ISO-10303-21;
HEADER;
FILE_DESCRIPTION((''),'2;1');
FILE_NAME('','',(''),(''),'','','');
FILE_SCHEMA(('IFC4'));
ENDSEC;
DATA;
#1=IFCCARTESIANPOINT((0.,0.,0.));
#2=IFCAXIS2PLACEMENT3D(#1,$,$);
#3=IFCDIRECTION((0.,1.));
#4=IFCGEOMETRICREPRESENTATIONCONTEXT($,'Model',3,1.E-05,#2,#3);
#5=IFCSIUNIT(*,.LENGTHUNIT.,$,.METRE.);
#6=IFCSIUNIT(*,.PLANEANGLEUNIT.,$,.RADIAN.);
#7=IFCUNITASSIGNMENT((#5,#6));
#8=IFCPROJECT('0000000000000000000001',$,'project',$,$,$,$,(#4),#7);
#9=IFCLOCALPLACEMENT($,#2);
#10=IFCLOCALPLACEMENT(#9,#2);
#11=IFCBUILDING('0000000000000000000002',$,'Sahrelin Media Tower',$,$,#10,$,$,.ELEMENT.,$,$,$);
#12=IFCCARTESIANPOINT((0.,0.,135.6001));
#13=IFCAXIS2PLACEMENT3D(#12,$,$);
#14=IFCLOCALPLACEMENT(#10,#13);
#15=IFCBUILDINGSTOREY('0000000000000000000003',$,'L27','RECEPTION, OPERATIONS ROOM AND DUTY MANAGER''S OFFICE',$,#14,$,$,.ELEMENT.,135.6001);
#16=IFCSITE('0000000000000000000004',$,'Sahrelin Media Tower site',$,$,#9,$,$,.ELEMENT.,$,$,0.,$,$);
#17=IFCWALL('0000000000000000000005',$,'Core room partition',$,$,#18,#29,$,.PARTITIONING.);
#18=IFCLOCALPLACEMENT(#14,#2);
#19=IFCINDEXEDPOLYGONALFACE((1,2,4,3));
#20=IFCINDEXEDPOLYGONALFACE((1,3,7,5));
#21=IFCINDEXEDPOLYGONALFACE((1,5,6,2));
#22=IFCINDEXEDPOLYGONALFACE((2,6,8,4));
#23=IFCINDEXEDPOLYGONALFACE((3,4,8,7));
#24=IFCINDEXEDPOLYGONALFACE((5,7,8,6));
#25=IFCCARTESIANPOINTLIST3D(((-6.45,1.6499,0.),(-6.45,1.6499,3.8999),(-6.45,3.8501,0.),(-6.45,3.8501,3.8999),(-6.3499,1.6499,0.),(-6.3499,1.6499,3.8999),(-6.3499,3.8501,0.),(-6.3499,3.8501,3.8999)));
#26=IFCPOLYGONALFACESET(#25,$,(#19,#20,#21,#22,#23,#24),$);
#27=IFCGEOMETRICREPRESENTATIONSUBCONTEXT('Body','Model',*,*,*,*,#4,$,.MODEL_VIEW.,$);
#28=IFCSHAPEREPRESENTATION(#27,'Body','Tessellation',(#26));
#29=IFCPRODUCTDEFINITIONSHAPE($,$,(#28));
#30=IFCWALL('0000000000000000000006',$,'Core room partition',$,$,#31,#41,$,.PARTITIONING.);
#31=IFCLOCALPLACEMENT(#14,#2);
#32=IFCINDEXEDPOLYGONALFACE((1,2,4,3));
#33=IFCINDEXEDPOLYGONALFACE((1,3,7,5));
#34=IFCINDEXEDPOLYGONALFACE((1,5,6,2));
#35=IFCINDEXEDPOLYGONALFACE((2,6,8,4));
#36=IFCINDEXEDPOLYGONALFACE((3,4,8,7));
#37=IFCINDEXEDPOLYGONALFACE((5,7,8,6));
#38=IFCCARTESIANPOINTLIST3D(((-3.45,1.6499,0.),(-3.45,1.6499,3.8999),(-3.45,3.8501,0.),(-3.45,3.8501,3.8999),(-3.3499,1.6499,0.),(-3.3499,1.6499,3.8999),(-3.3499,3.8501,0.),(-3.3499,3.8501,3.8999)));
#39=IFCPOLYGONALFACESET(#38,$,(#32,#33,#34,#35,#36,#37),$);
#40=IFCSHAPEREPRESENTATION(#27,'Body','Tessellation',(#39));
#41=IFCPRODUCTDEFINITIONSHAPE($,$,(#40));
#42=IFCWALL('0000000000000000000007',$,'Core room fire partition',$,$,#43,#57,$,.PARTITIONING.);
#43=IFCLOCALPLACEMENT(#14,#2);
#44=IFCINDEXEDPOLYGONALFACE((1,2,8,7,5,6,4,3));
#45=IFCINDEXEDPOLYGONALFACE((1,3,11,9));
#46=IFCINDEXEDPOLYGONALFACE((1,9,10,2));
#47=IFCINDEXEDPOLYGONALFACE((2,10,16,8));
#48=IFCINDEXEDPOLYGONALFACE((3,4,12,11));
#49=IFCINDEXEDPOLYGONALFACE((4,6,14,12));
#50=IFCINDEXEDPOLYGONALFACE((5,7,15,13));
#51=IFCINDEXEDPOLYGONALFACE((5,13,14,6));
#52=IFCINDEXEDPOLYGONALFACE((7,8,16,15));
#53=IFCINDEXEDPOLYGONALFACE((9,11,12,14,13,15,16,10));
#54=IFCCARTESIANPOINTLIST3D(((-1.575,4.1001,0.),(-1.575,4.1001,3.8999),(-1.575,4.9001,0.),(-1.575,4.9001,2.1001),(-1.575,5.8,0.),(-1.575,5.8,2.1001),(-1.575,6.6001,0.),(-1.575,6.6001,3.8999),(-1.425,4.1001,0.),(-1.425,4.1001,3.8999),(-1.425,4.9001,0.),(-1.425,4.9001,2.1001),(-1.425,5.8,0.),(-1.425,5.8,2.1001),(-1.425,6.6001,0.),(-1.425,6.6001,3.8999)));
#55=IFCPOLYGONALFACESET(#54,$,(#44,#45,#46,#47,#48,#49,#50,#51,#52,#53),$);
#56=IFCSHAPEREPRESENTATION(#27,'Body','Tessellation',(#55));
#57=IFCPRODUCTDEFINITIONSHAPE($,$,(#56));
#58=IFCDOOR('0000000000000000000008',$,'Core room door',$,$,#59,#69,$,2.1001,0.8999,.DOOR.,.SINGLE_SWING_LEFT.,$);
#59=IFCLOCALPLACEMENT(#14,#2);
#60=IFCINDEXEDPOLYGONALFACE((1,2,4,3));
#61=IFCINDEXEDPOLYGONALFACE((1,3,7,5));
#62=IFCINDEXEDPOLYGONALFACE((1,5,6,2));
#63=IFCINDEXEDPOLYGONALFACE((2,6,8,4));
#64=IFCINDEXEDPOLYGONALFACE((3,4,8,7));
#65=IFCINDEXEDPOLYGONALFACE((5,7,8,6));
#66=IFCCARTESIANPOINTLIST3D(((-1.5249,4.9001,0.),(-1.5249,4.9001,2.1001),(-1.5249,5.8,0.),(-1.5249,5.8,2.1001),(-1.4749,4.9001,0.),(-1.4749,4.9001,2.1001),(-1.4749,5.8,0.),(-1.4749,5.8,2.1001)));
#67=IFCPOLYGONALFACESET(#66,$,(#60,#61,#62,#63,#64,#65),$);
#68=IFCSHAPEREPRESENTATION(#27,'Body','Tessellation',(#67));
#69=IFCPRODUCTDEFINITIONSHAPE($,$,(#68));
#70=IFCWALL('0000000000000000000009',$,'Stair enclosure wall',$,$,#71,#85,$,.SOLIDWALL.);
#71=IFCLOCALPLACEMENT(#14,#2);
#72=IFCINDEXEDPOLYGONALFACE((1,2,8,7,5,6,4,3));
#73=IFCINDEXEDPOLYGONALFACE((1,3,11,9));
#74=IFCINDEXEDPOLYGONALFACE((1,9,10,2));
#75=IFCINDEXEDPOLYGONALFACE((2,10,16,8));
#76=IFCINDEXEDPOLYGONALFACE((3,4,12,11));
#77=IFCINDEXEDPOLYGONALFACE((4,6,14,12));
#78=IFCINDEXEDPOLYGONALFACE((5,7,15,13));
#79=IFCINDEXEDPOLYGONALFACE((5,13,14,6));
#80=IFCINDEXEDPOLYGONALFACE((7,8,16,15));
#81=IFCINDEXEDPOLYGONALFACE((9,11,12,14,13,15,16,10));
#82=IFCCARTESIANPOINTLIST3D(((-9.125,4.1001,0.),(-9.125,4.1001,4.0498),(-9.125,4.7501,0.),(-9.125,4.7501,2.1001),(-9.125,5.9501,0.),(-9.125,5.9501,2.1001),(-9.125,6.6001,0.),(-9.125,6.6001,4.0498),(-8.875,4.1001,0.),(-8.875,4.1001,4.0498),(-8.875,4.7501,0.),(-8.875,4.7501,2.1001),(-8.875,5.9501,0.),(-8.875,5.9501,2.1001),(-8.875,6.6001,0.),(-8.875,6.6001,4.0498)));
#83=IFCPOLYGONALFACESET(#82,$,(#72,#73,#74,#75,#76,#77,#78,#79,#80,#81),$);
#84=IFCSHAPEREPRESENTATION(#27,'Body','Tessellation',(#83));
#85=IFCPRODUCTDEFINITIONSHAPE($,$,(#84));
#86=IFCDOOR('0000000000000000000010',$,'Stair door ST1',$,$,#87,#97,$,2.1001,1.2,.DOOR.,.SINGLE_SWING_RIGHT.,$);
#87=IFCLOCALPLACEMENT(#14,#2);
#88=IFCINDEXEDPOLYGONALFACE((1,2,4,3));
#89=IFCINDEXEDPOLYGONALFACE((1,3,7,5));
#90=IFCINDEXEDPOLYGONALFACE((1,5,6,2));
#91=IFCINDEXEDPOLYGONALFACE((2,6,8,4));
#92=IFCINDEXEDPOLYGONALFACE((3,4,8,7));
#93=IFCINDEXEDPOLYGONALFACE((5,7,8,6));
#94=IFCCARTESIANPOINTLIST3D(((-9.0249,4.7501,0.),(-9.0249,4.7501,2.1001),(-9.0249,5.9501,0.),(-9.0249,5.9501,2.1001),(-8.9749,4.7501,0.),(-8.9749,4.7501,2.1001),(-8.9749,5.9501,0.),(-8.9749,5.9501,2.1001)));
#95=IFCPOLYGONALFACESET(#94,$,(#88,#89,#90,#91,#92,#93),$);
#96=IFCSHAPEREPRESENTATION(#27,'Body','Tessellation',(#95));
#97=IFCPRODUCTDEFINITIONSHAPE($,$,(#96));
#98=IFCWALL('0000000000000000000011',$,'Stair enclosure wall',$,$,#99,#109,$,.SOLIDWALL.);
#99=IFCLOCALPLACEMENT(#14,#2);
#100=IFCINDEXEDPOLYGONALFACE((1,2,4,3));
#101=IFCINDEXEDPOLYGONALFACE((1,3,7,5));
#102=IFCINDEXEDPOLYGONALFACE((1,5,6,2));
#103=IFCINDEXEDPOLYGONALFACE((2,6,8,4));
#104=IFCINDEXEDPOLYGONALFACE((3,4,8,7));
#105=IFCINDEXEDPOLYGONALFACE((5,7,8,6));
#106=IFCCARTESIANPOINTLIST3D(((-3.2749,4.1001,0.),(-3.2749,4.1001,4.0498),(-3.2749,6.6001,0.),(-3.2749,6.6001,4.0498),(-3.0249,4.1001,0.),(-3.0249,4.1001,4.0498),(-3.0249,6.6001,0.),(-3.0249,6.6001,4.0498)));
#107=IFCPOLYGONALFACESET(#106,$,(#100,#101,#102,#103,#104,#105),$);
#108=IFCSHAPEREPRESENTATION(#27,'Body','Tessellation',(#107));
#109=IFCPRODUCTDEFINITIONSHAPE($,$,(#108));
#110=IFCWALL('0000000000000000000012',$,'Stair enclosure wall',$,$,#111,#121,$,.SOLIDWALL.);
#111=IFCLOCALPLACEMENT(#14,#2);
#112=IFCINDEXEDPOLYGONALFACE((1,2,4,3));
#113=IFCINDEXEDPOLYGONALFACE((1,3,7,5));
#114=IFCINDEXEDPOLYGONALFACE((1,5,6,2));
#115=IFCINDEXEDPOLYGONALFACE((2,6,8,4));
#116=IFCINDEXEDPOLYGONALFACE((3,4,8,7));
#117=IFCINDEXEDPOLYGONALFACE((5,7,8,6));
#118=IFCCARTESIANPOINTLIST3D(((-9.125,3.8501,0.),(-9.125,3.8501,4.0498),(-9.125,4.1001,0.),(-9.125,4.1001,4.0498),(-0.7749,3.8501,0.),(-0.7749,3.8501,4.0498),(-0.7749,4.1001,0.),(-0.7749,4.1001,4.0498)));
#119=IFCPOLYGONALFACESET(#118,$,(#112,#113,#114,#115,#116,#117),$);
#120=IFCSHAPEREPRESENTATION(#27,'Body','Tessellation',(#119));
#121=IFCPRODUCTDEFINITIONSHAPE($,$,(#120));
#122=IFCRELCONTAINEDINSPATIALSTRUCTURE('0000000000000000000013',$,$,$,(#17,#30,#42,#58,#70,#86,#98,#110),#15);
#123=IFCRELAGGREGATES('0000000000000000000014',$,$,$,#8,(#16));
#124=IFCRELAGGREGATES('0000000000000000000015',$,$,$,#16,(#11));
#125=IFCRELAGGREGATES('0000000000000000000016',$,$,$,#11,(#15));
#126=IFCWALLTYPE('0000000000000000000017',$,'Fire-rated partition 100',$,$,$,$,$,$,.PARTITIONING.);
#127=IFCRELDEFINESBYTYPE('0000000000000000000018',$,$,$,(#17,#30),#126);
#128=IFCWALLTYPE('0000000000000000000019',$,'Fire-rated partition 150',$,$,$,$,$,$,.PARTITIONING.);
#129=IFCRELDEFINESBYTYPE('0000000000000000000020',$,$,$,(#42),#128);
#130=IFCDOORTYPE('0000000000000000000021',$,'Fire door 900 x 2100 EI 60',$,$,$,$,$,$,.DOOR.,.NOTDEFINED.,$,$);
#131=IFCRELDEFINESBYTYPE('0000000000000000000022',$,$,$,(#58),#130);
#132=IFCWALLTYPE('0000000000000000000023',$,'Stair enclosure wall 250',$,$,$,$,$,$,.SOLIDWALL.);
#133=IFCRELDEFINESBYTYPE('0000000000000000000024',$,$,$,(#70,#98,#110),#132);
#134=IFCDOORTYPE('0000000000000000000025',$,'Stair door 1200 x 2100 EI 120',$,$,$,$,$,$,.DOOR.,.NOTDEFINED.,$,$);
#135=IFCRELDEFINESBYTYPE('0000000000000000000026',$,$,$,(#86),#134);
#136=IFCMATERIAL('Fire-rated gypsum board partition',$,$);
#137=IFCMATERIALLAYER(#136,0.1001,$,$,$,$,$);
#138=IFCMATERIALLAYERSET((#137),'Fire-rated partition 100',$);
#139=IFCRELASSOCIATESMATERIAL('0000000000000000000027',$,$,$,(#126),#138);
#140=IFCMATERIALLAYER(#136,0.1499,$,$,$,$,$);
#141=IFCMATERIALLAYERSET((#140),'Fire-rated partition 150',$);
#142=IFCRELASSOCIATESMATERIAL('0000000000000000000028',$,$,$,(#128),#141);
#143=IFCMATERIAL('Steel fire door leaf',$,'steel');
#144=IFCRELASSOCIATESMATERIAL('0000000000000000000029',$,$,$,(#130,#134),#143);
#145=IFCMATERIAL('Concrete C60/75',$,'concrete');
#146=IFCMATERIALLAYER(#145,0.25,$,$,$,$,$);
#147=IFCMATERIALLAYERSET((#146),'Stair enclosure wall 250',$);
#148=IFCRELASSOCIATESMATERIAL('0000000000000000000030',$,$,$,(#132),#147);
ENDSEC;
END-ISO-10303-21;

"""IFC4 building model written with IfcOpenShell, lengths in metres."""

from ifc_helpers import new_model, si_unit, direction, frame, frame_2d, origin, place, context, subcontext, project, spatial, rectangle, extrude, material, layer, layer_set, type_object, element, fill, save


model = new_model("IFC4")

# Units and contexts
model_context = context("Model", 3, precision=1e-05, world=origin(), true_north=direction((0.0, 1.0)))
body_context = subcontext(model_context, "Body", "Model", "MODEL_VIEW")
ifc_project = project(units=[si_unit("LENGTHUNIT", "METRE"), si_unit("PLANEANGLEUNIT", "RADIAN")], contexts=[model_context])

# Site, building, storey
site_placement = place(None, origin())
site = spatial("IfcSite", under=ifc_project, at=site_placement, Name="Sahrelin Media Tower site", CompositionType="ELEMENT", RefElevation=0.0)
building_placement = place(site_placement, origin())
building = spatial("IfcBuilding", under=site, at=building_placement, Name="Sahrelin Media Tower", CompositionType="ELEMENT")
storey_placement = place(building_placement, frame((0.0, 0.0, 135.6001)))
storey = spatial("IfcBuildingStorey", under=building, at=storey_placement, Name="L27", Description="RECEPTION, OPERATIONS ROOM AND DUTY MANAGER'S OFFICE", CompositionType="ELEMENT", Elevation=135.6001)

# Shared definitions
ifc_material_1 = material(Name="Concrete C60/75", Category="concrete")

# Shared definitions
ifc_material_2 = material(Name="Fire-rated gypsum board partition")
ifc_material_3 = material(Name="Steel fire door leaf", Category="steel")

# Walls
ifc_layer_1 = layer(ifc_material_2, 0.1001)
ifc_layer_set_1 = layer_set([ifc_layer_1], Name="Fire-rated partition 100")
wall_type_1 = type_object("IfcWallType", Name="Fire-rated partition 100", PredefinedType="PARTITIONING", material=ifc_layer_set_1)
for number, where, z_axis, x_axis, name in (
    (1, (-6.3999, 1.6499, 0.0), (0.0, 0.0, 1.0), (0.0, 1.0, 0.0), "Core room partition"),
    (2, (-3.3999, 1.6499, 0.0), (0.0, 0.0, 1.0), (0.0, 1.0, 0.0), "Core room partition"),
):
    element("IfcWall", number, at=place(storey_placement, frame(where, z_axis=z_axis, x_axis=x_axis)), inside=storey, type_object=wall_type_1, Name=name, PredefinedType="PARTITIONING", context=body_context, shape_type="SweptSolid", body=[
        extrude(rectangle(XDim=2.2002, YDim=0.1001, at=frame_2d((1.1001, 0.0))), origin(), (0.0, 0.0, 1.0), 3.8999),
    ])

# Walls, openings, doors
ifc_layer_2 = layer(ifc_material_2, 0.1499)
ifc_layer_set_2 = layer_set([ifc_layer_2], Name="Fire-rated partition 150")
wall_type_2 = type_object("IfcWallType", Name="Fire-rated partition 150", PredefinedType="PARTITIONING", material=ifc_layer_set_2)
wall_1_placement = place(storey_placement, frame((-1.5, 4.1001, 0.0), z_axis=(0.0, 0.0, 1.0), x_axis=(0.0, 1.0, 0.0)))
wall_1 = element("IfcWall", 3, at=wall_1_placement, inside=storey, type_object=wall_type_2, Name="Core room fire partition", PredefinedType="PARTITIONING", context=body_context, shape_type="SweptSolid", body=[
    extrude(rectangle(XDim=2.5, YDim=0.1499, at=frame_2d((1.25, 0.0))), origin(), (0.0, 0.0, 1.0), 3.8999),
])
opening_1_placement = place(wall_1_placement, frame((0.8, 0.0, 0.0)))
opening_1 = element("IfcOpeningElement", 4, at=opening_1_placement, cuts=wall_1, PredefinedType="OPENING", context=body_context, shape_type="SweptSolid", body=[
    extrude(rectangle(XDim=0.8999, YDim=2.1001, at=frame_2d((0.45, 1.05))), frame((0.0, 0.075, 0.0), z_axis=(0.0, -1.0, 0.0), x_axis=(1.0, 0.0, 0.0)), (0.0, 0.0, 1.0), 0.1499),
])
door_type_1 = type_object("IfcDoorType", Name="Fire door 900 x 2100 EI 60", OperationType="NOTDEFINED", PredefinedType="DOOR", material=ifc_material_3)
door_1_placement = place(opening_1_placement, origin())
door_1 = element("IfcDoor", 5, at=door_1_placement, inside=storey, type_object=door_type_1, Name="Core room door", OperationType="SINGLE_SWING_LEFT", OverallHeight=2.1001, OverallWidth=0.8999, PredefinedType="DOOR", context=body_context, shape_type="SweptSolid", body=[
    extrude(rectangle(XDim=0.8999, YDim=2.1001, at=frame_2d((0.45, 1.05))), frame((0.0, 0.0249, 0.0), z_axis=(0.0, -1.0, 0.0), x_axis=(1.0, 0.0, 0.0)), (0.0, 0.0, 1.0), 0.05),
])
fill(opening_1, door_1)
ifc_layer_3 = layer(ifc_material_1, 0.25)
ifc_layer_set_3 = layer_set([ifc_layer_3], Name="Stair enclosure wall 250")
wall_type_3 = type_object("IfcWallType", Name="Stair enclosure wall 250", PredefinedType="SOLIDWALL", material=ifc_layer_set_3)
wall_2_placement = place(storey_placement, frame((-9.0, 4.1001, 0.0), z_axis=(0.0, 0.0, 1.0), x_axis=(0.0, 1.0, 0.0)))
wall_2 = element("IfcWall", 6, at=wall_2_placement, inside=storey, type_object=wall_type_3, Name="Stair enclosure wall", PredefinedType="SOLIDWALL", context=body_context, shape_type="SweptSolid", body=[
    extrude(rectangle(XDim=2.5, YDim=0.25, at=frame_2d((1.25, 0.0))), origin(), (0.0, 0.0, 1.0), 4.0498),
])
opening_2_placement = place(wall_2_placement, frame((0.6499, 0.0, 0.0)))
opening_2 = element("IfcOpeningElement", 7, at=opening_2_placement, cuts=wall_2, PredefinedType="OPENING", context=body_context, shape_type="SweptSolid", body=[
    extrude(rectangle(XDim=1.2, YDim=2.1001, at=frame_2d((0.6001, 1.05))), frame((0.0, 0.125, 0.0), z_axis=(0.0, -1.0, 0.0), x_axis=(1.0, 0.0, 0.0)), (0.0, 0.0, 1.0), 0.25),
])
door_type_2 = type_object("IfcDoorType", Name="Stair door 1200 x 2100 EI 120", OperationType="NOTDEFINED", PredefinedType="DOOR", material=ifc_material_3)
door_2_placement = place(opening_2_placement, origin())
door_2 = element("IfcDoor", 8, at=door_2_placement, inside=storey, type_object=door_type_2, Name="Stair door ST1", OperationType="SINGLE_SWING_RIGHT", OverallHeight=2.1001, OverallWidth=1.2, PredefinedType="DOOR", context=body_context, shape_type="SweptSolid", body=[
    extrude(rectangle(XDim=1.2, YDim=2.1001, at=frame_2d((0.6001, 1.05))), frame((0.0, 0.0249, 0.0), z_axis=(0.0, -1.0, 0.0), x_axis=(1.0, 0.0, 0.0)), (0.0, 0.0, 1.0), 0.05),
])
fill(opening_2, door_2)

# Walls
wall_3_placement = place(storey_placement, frame((-3.1499, 4.1001, 0.0), z_axis=(0.0, 0.0, 1.0), x_axis=(0.0, 1.0, 0.0)))
element("IfcWall", 9, at=wall_3_placement, inside=storey, type_object=wall_type_3, Name="Stair enclosure wall", PredefinedType="SOLIDWALL", context=body_context, shape_type="SweptSolid", body=[
    extrude(rectangle(XDim=2.5, YDim=0.25, at=frame_2d((1.25, 0.0))), origin(), (0.0, 0.0, 1.0), 4.0498),
])
wall_4_placement = place(storey_placement, frame((-9.125, 3.9751, 0.0), z_axis=(0.0, 0.0, 1.0), x_axis=(1.0, 0.0, 0.0)))
element("IfcWall", 10, at=wall_4_placement, inside=storey, type_object=wall_type_3, Name="Stair enclosure wall", PredefinedType="SOLIDWALL", context=body_context, shape_type="SweptSolid", body=[
    extrude(rectangle(XDim=8.3501, YDim=0.25, at=frame_2d((4.175, 0.0))), origin(), (0.0, 0.0, 1.0), 4.0498),
])

save(model, "model.ifc")
